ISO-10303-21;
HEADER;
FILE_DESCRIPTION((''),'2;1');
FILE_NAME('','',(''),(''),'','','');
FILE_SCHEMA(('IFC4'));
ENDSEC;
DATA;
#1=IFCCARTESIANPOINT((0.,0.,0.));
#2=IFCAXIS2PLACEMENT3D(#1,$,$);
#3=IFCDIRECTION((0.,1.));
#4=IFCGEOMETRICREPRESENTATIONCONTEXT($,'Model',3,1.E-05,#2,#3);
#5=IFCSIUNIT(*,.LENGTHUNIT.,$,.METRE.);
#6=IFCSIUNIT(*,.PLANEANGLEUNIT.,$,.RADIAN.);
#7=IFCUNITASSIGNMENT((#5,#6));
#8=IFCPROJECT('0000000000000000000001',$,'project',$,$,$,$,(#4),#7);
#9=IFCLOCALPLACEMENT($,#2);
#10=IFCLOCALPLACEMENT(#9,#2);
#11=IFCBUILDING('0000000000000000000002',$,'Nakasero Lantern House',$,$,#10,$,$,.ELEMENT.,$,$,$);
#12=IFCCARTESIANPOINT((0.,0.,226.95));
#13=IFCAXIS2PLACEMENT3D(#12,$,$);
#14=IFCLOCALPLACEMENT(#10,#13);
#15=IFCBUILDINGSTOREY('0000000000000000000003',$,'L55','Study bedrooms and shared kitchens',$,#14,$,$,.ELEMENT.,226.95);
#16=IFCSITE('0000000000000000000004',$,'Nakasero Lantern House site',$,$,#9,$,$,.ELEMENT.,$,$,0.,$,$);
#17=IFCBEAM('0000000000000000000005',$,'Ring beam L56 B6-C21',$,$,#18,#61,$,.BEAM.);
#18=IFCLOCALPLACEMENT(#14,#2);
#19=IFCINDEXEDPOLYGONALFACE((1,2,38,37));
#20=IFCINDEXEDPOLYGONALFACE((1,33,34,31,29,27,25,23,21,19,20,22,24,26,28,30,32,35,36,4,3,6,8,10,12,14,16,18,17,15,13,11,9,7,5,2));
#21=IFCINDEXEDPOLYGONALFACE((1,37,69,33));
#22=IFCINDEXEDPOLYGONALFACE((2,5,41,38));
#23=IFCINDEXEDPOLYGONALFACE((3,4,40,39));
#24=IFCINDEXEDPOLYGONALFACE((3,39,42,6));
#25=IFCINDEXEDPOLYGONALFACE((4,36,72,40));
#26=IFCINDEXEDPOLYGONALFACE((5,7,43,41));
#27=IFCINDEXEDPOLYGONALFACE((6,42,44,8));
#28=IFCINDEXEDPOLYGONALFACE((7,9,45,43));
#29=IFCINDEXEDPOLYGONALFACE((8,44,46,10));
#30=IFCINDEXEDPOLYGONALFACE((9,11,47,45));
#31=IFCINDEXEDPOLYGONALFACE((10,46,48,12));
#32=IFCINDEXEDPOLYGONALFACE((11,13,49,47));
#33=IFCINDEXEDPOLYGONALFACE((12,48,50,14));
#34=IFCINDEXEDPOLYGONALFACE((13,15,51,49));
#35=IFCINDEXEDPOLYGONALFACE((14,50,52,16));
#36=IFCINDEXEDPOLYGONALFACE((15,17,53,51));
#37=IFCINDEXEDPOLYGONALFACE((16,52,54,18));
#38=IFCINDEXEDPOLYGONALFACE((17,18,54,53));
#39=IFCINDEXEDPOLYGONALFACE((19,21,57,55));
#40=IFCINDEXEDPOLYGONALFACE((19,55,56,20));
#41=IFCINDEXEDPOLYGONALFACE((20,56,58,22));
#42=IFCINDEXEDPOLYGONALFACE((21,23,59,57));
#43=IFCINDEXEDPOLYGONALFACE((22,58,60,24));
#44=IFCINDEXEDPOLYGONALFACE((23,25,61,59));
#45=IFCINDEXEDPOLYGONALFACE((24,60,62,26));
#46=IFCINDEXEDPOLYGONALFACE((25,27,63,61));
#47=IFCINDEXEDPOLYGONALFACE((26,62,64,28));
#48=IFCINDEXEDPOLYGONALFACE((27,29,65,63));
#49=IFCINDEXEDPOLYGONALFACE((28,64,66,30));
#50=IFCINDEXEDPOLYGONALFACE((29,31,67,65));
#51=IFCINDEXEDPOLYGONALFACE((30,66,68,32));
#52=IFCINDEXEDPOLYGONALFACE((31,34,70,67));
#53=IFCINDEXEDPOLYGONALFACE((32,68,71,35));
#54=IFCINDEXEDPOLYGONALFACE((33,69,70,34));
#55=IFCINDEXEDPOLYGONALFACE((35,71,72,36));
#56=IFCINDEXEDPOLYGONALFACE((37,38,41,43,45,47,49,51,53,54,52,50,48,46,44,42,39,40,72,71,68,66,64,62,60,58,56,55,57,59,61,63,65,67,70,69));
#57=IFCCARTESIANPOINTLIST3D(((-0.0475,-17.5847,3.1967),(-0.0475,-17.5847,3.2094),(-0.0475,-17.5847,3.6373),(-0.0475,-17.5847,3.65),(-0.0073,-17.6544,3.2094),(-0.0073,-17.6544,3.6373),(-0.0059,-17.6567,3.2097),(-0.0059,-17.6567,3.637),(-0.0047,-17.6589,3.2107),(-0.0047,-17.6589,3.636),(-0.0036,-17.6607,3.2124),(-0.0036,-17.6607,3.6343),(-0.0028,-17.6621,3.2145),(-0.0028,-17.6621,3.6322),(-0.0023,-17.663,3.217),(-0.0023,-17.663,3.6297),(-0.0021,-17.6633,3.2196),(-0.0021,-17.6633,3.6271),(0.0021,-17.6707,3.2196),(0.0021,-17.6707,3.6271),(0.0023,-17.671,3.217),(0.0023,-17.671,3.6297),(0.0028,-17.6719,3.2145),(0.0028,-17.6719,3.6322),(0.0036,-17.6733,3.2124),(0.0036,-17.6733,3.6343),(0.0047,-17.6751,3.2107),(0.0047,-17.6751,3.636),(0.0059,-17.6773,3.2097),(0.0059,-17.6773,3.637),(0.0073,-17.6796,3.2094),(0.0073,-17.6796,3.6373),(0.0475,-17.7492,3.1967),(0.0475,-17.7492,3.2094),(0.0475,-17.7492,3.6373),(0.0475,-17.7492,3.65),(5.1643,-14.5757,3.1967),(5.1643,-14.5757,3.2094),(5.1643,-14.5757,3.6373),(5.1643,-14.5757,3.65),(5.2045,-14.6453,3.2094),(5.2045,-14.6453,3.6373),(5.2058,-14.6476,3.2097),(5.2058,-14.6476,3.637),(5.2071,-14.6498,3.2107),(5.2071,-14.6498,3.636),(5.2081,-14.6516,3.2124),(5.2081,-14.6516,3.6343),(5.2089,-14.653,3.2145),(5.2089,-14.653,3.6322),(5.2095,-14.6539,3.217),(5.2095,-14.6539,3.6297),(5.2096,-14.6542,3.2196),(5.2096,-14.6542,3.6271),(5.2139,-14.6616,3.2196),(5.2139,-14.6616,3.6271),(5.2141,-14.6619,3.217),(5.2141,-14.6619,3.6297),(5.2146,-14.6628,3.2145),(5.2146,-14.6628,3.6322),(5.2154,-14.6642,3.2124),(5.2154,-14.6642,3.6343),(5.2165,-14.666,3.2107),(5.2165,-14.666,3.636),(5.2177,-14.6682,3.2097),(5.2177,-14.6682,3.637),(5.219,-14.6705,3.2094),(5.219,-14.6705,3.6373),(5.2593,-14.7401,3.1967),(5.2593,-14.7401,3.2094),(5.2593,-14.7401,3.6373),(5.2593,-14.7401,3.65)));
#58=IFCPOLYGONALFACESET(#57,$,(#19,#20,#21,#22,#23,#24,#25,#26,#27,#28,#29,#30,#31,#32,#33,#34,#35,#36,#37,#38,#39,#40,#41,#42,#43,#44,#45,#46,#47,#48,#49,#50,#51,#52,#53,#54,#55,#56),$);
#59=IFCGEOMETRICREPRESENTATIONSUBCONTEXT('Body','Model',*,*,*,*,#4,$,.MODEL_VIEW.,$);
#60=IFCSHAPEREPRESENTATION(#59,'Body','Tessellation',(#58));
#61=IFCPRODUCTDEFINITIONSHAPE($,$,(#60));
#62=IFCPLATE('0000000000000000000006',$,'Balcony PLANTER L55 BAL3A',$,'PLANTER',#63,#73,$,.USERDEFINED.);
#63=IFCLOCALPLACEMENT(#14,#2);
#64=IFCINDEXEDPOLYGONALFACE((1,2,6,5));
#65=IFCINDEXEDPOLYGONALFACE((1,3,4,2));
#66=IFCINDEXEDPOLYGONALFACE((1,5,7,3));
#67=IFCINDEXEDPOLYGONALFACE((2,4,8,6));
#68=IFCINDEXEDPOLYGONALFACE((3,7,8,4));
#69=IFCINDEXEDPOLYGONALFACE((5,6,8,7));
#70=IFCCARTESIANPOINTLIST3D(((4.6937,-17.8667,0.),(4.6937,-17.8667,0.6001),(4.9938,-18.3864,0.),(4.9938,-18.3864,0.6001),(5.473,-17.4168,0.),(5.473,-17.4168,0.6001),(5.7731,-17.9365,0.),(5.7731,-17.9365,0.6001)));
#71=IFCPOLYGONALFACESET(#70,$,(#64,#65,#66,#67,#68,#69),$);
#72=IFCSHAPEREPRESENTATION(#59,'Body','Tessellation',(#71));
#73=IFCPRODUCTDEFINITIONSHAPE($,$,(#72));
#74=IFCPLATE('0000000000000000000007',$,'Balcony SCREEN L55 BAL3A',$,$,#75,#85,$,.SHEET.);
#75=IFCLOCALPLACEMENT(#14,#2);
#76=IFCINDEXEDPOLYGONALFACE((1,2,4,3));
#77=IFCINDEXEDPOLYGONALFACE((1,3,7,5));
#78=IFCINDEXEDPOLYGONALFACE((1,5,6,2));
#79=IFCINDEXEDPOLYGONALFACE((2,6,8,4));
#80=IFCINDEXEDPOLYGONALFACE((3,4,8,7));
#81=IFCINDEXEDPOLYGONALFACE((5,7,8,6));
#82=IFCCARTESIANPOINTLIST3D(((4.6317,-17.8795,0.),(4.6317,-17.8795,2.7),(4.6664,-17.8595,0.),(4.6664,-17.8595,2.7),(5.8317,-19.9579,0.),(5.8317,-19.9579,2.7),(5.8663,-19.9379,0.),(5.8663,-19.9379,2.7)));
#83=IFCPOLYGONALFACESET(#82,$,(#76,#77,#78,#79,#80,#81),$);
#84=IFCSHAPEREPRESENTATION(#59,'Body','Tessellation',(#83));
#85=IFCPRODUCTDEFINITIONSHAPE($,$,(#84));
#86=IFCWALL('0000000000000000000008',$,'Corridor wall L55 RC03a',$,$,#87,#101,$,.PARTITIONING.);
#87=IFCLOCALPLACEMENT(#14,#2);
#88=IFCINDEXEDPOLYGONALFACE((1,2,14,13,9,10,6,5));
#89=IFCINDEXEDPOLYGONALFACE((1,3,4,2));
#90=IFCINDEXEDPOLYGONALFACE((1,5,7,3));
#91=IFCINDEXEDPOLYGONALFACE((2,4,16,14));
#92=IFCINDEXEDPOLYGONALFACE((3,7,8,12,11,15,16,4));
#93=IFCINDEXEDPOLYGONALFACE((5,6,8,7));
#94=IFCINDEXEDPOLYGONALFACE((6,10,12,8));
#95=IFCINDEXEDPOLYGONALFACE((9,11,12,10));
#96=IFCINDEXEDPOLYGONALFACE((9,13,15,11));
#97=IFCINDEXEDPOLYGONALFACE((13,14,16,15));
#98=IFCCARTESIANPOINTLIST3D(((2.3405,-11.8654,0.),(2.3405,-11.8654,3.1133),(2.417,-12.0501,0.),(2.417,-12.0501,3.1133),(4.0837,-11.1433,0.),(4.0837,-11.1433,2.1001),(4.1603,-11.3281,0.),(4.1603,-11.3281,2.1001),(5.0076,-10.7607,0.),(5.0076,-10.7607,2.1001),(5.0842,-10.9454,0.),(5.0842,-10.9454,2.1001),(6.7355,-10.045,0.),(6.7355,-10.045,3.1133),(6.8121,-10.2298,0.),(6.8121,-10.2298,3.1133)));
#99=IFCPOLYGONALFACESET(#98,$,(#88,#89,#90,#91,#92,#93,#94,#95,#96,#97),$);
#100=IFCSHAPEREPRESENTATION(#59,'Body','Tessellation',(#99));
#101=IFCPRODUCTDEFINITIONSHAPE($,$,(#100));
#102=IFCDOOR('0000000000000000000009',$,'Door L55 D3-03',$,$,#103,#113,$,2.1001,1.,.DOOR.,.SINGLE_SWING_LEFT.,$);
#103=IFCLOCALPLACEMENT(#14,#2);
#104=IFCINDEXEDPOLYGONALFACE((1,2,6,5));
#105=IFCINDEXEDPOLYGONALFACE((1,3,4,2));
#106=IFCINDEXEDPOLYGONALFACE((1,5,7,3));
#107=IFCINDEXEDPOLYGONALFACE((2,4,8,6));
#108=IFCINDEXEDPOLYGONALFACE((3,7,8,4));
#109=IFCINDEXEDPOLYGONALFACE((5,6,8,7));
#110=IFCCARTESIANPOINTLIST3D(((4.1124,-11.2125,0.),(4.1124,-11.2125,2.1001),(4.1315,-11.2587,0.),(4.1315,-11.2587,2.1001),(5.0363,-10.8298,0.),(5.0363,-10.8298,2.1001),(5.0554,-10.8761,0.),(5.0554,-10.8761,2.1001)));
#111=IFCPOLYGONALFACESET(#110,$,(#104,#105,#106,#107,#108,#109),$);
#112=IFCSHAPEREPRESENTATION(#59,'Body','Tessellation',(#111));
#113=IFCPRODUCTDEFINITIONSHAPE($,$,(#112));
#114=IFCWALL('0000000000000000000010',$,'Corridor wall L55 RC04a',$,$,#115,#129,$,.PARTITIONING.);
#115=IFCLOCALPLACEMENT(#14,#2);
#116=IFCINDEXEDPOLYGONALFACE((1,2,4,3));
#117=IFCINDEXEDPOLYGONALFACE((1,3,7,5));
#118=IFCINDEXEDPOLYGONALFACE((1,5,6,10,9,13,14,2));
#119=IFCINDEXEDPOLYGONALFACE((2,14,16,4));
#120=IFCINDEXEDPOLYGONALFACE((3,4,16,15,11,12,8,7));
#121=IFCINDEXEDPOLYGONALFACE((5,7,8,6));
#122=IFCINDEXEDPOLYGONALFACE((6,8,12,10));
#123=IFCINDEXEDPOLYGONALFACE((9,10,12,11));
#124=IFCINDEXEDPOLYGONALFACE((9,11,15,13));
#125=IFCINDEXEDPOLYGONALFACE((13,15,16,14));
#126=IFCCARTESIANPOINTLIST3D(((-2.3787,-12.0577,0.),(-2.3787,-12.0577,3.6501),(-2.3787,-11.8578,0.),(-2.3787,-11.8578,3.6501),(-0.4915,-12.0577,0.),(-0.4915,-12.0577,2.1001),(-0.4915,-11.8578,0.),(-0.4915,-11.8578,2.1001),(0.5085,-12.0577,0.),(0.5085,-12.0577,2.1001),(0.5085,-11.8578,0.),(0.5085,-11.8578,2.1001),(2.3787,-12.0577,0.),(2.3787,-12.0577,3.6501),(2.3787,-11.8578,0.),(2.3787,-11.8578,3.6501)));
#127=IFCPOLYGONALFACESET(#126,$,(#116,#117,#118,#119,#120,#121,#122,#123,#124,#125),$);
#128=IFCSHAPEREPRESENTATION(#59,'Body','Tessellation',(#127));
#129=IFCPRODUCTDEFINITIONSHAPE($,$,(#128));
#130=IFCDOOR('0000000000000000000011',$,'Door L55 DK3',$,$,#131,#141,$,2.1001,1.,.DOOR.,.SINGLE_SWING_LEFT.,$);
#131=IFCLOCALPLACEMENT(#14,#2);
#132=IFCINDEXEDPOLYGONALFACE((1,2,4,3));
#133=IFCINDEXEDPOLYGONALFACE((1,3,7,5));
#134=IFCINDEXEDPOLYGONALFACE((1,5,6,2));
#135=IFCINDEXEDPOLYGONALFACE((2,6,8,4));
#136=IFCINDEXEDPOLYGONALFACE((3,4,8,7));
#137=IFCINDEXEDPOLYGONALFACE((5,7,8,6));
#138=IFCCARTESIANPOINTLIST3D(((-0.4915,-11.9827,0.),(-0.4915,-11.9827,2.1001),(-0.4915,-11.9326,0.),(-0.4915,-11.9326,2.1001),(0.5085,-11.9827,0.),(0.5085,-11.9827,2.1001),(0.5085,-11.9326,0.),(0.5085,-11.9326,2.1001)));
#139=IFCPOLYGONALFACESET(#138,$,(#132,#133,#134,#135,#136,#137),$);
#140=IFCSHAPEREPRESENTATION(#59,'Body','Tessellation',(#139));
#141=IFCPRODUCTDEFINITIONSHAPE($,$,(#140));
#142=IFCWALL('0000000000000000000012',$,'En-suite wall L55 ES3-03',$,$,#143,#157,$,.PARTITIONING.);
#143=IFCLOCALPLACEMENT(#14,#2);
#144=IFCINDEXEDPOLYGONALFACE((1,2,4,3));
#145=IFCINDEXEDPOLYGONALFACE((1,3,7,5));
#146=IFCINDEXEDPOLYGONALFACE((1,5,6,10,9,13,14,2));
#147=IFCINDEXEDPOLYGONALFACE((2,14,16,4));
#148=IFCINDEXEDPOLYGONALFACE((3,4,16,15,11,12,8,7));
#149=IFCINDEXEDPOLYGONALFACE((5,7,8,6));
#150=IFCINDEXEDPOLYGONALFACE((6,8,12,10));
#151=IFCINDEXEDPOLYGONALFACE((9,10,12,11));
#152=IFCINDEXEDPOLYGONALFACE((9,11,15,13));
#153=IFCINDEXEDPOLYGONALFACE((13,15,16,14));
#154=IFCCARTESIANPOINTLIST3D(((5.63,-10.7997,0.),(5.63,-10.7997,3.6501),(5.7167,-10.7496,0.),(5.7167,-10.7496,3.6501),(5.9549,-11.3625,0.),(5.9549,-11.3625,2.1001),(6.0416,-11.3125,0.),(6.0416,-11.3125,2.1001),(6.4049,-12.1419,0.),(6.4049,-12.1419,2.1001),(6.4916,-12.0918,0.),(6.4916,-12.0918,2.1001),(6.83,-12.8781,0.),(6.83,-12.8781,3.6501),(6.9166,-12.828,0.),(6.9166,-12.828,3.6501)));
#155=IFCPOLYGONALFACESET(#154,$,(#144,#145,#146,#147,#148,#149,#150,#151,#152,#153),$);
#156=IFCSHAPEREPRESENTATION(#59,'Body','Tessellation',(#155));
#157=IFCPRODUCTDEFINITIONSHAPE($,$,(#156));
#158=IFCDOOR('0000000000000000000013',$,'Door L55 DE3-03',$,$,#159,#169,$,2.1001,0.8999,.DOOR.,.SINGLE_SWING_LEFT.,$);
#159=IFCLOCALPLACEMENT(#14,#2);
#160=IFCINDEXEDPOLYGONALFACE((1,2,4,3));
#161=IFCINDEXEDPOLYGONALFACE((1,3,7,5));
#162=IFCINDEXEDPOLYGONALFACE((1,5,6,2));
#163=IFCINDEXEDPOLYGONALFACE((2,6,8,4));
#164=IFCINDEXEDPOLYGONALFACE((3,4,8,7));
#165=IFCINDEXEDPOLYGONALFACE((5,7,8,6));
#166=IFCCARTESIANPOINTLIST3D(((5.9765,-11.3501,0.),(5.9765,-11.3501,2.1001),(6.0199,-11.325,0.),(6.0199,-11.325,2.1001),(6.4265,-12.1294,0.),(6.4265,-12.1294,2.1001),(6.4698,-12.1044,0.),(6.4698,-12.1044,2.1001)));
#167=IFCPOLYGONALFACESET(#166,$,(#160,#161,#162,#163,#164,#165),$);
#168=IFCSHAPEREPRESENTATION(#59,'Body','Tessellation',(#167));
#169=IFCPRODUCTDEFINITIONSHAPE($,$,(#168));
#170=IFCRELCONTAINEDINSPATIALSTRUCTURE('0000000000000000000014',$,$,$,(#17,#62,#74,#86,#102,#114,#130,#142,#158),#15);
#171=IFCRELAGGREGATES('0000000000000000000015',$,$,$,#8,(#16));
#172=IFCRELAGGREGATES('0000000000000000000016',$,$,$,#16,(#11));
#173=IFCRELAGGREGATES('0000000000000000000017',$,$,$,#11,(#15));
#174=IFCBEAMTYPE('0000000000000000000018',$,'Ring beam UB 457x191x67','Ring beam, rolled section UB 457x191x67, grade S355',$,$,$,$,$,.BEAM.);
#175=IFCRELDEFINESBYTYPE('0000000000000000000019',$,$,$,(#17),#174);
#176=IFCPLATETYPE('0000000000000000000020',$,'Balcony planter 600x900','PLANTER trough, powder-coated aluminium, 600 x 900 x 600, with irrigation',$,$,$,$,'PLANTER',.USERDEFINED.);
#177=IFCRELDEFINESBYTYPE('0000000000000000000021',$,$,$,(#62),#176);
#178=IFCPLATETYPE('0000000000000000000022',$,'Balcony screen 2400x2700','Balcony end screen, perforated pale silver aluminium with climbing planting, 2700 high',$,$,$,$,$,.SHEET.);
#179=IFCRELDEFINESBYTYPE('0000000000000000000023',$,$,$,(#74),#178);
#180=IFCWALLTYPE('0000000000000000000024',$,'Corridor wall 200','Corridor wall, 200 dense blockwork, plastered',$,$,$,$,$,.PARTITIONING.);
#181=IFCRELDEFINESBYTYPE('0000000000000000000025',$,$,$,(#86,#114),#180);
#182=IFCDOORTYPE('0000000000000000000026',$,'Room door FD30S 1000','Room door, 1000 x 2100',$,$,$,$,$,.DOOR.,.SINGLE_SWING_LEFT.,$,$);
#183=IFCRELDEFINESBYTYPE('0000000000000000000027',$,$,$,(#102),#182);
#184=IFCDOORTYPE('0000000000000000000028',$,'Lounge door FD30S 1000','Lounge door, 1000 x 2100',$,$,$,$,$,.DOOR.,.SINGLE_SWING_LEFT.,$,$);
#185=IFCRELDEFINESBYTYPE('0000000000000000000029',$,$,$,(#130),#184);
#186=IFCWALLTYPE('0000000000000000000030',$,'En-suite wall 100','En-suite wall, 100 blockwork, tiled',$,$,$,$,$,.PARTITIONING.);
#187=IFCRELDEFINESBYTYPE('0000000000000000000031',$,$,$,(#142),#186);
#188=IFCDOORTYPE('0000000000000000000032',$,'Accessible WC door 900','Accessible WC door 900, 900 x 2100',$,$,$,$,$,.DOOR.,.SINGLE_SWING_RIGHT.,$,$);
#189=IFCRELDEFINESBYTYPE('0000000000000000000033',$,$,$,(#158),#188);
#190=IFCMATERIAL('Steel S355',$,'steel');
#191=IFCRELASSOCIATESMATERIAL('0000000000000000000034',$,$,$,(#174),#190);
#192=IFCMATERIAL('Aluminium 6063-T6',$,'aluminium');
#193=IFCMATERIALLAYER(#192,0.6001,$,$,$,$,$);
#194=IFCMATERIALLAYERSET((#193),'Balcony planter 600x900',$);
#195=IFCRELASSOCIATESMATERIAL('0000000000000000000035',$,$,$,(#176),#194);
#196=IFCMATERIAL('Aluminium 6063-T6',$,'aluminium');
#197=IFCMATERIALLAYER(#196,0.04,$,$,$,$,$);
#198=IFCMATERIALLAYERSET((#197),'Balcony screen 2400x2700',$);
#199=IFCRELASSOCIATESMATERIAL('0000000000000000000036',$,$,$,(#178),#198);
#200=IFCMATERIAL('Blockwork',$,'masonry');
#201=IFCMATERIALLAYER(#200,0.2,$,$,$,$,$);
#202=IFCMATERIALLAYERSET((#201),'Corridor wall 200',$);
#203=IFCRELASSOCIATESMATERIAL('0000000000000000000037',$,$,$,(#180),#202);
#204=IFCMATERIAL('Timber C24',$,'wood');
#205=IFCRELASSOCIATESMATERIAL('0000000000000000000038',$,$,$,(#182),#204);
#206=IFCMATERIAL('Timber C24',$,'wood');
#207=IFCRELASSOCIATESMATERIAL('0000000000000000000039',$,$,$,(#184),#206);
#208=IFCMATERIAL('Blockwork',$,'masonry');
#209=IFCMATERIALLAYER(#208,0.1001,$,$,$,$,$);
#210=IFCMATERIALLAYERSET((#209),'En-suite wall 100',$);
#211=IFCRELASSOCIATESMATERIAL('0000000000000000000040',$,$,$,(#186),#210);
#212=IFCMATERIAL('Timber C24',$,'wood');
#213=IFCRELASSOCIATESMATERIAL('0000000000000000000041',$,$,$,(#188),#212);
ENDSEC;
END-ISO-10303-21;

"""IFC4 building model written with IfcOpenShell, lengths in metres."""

from ifc_helpers import new_model, si_unit, direction, frame, frame_2d, origin, origin_2d, place, context, subcontext, project, spatial, rectangle, i_section, extrude, material, layer, layer_set, material_profile, profile_set, type_object, element, fill, save


model = new_model("IFC4")

# Units and contexts
model_context = context("Model", 3, precision=1e-05, world=origin(), true_north=direction((0.0, 1.0)))
body_context = subcontext(model_context, "Body", "Model", "MODEL_VIEW")
ifc_project = project(units=[si_unit("LENGTHUNIT", "METRE"), si_unit("PLANEANGLEUNIT", "RADIAN")], contexts=[model_context])

# Site, building, storey
site_placement = place(None, origin())
site = spatial("IfcSite", under=ifc_project, at=site_placement, Name="Nakasero Lantern House site", CompositionType="ELEMENT", RefElevation=0.0)
building_placement = place(site_placement, origin())
building = spatial("IfcBuilding", under=site, at=building_placement, Name="Nakasero Lantern House", CompositionType="ELEMENT")
storey_placement = place(building_placement, frame((0.0, 0.0, 226.95)))
storey = spatial("IfcBuildingStorey", under=building, at=storey_placement, Name="L55", Description="Study bedrooms and shared kitchens", CompositionType="ELEMENT", Elevation=226.95)

# Beam
ifc_material_1 = material(Name="Steel S355", Category="steel")
ifc_material_profile_1 = material_profile(ifc_material_1, i_section(OverallWidth=0.1899, OverallDepth=0.4534, WebThickness=0.0085, FlangeThickness=0.0127, FilletRadius=0.0103, at=origin_2d()), Name="UB 457x191x67")
ifc_profile_set_1 = profile_set([ifc_material_profile_1], Name="Steel S355")
beam_type_1 = type_object("IfcBeamType", Name="Ring beam UB 457x191x67", Description="Ring beam, rolled section UB 457x191x67, grade S355", PredefinedType="BEAM", material=ifc_profile_set_1)
beam_1_placement = place(storey_placement, frame((0.0, -17.667, 3.4233), z_axis=(0.86602, 0.500009, 0.0), x_axis=(-0.500009, 0.86602, 0.0)))
element("IfcBeam", 1, at=beam_1_placement, inside=storey, type_object=beam_type_1, Name="Ring beam L56 B6-C21", PredefinedType="BEAM", context=body_context, shape_type="SweptSolid", body=[
    extrude(i_section(OverallWidth=0.1899, OverallDepth=0.4534, WebThickness=0.0085, FlangeThickness=0.0127, FilletRadius=0.0103, at=origin_2d()), origin(), (0.0, 0.0, 1.0), 6.0181),
])

# Plates
ifc_material_2 = material(Name="Aluminium 6063-T6", Category="aluminium")
ifc_layer_1 = layer(ifc_material_2, 0.6001)
ifc_layer_set_1 = layer_set([ifc_layer_1], Name="Balcony planter 600x900")
plate_type_1 = type_object("IfcPlateType", Name="Balcony planter 600x900", Description="PLANTER trough, powder-coated aluminium, 600 x 900 x 600, with irrigation", ElementType="PLANTER", PredefinedType="USERDEFINED", material=ifc_layer_set_1)
plate_1_placement = place(storey_placement, frame((5.2334, -17.9016, 0.0), z_axis=(0.0, 0.0, 1.0), x_axis=(0.5, -0.866025, 0.0)))
element("IfcPlate", 2, at=plate_1_placement, inside=storey, type_object=plate_type_1, Name="Balcony PLANTER L55 BAL3A", ObjectType="PLANTER", PredefinedType="USERDEFINED", context=body_context, shape_type="SweptSolid", body=[
    extrude(rectangle(XDim=0.6001, YDim=0.8999, at=origin_2d()), origin(), (0.0, 0.0, 1.0), 0.6001),
])
ifc_material_3 = material(Name="Aluminium 6063-T6", Category="aluminium")
ifc_layer_2 = layer(ifc_material_3, 0.04)
ifc_layer_set_2 = layer_set([ifc_layer_2], Name="Balcony screen 2400x2700")
plate_type_2 = type_object("IfcPlateType", Name="Balcony screen 2400x2700", Description="Balcony end screen, perforated pale silver aluminium with climbing planting, 2700 high", PredefinedType="SHEET", material=ifc_layer_set_2)
plate_2_placement = place(storey_placement, frame((5.249, -18.9087, 0.0), z_axis=(0.0, 0.0, 1.0), x_axis=(0.5, -0.866025, 0.0)))
element("IfcPlate", 3, at=plate_2_placement, inside=storey, type_object=plate_type_2, Name="Balcony SCREEN L55 BAL3A", PredefinedType="SHEET", context=body_context, shape_type="SweptSolid", body=[
    extrude(rectangle(XDim=2.3999, YDim=0.04, at=origin_2d()), origin(), (0.0, 0.0, 1.0), 2.7),
])

# Walls, openings, doors
ifc_material_4 = material(Name="Blockwork", Category="masonry")
ifc_layer_3 = layer(ifc_material_4, 0.2)
ifc_layer_set_3 = layer_set([ifc_layer_3], Name="Corridor wall 200")
wall_type_1 = type_object("IfcWallType", Name="Corridor wall 200", Description="Corridor wall, 200 dense blockwork, plastered", PredefinedType="PARTITIONING", material=ifc_layer_set_3)
wall_1_placement = place(storey_placement, frame((6.7737, -10.1375, 0.0), z_axis=(0.0, 0.0, 1.0), x_axis=(-0.923892, -0.382654, 0.0)))
wall_1 = element("IfcWall", 4, at=wall_1_placement, inside=storey, type_object=wall_type_1, Name="Corridor wall L55 RC03a", PredefinedType="PARTITIONING", context=body_context, shape_type="SweptSolid", body=[
    extrude(rectangle(XDim=4.7571, YDim=0.2, at=frame_2d((2.3784, 0.0))), origin(), (0.0, 0.0, 1.0), 3.1133),
])
opening_1_placement = place(wall_1_placement, frame((1.8701, 0.0, 0.0)))
opening_1 = element("IfcOpeningElement", 5, at=opening_1_placement, cuts=wall_1, PredefinedType="OPENING", context=body_context, shape_type="SweptSolid", body=[
    extrude(rectangle(XDim=1.0, YDim=2.1001, at=frame_2d((0.5, 1.05))), frame((0.0, 0.1199, 0.0), z_axis=(0.0, -1.0, 0.0), x_axis=(1.0, 0.0, 0.0)), (0.0, 0.0, 1.0), 0.24),
])
ifc_material_5 = material(Name="Timber C24", Category="wood")
door_type_1 = type_object("IfcDoorType", Name="Room door FD30S 1000", Description="Room door, 1000 x 2100", OperationType="SINGLE_SWING_LEFT", PredefinedType="DOOR", material=ifc_material_5)
door_1_placement = place(opening_1_placement, origin())
door_1 = element("IfcDoor", 6, at=door_1_placement, inside=storey, type_object=door_type_1, Name="Door L55 D3-03", OperationType="SINGLE_SWING_LEFT", OverallHeight=2.1001, OverallWidth=1.0, PredefinedType="DOOR", context=body_context, shape_type="SweptSolid", body=[
    extrude(rectangle(XDim=1.0, YDim=2.1001, at=frame_2d((0.5, 1.05))), frame((0.0, 0.0249, 0.0), z_axis=(0.0, -1.0, 0.0), x_axis=(1.0, 0.0, 0.0)), (0.0, 0.0, 1.0), 0.05),
])
fill(opening_1, door_1)
wall_2_placement = place(storey_placement, frame((2.3787, -11.9578, 0.0), z_axis=(0.0, 0.0, 1.0), x_axis=(-1.0, 0.0, 0.0)))
wall_2 = element("IfcWall", 7, at=wall_2_placement, inside=storey, type_object=wall_type_1, Name="Corridor wall L55 RC04a", PredefinedType="PARTITIONING", context=body_context, shape_type="SweptSolid", body=[
    extrude(rectangle(XDim=4.7573, YDim=0.2, at=frame_2d((2.3787, 0.0))), origin(), (0.0, 0.0, 1.0), 3.6501),
])
opening_2_placement = place(wall_2_placement, frame((1.8701, 0.0, 0.0)))
opening_2 = element("IfcOpeningElement", 8, at=opening_2_placement, cuts=wall_2, PredefinedType="OPENING", context=body_context, shape_type="SweptSolid", body=[
    extrude(rectangle(XDim=1.0, YDim=2.1001, at=frame_2d((0.5, 1.05))), frame((0.0, 0.1199, 0.0), z_axis=(0.0, -1.0, 0.0), x_axis=(1.0, 0.0, 0.0)), (0.0, 0.0, 1.0), 0.24),
])
ifc_material_6 = material(Name="Timber C24", Category="wood")
door_type_2 = type_object("IfcDoorType", Name="Lounge door FD30S 1000", Description="Lounge door, 1000 x 2100", OperationType="SINGLE_SWING_LEFT", PredefinedType="DOOR", material=ifc_material_6)
door_2_placement = place(opening_2_placement, origin())
door_2 = element("IfcDoor", 9, at=door_2_placement, inside=storey, type_object=door_type_2, Name="Door L55 DK3", OperationType="SINGLE_SWING_LEFT", OverallHeight=2.1001, OverallWidth=1.0, PredefinedType="DOOR", context=body_context, shape_type="SweptSolid", body=[
    extrude(rectangle(XDim=1.0, YDim=2.1001, at=frame_2d((0.5, 1.05))), frame((0.0, 0.0249, 0.0), z_axis=(0.0, -1.0, 0.0), x_axis=(1.0, 0.0, 0.0)), (0.0, 0.0, 1.0), 0.05),
])
fill(opening_2, door_2)
ifc_material_7 = material(Name="Blockwork", Category="masonry")
ifc_layer_4 = layer(ifc_material_7, 0.1001)
ifc_layer_set_4 = layer_set([ifc_layer_4], Name="En-suite wall 100")
wall_type_2 = type_object("IfcWallType", Name="En-suite wall 100", Description="En-suite wall, 100 blockwork, tiled", PredefinedType="PARTITIONING", material=ifc_layer_set_4)
wall_3_placement = place(storey_placement, frame((5.6733, -10.7747, 0.0), z_axis=(0.0, 0.0, 1.0), x_axis=(0.500001, -0.866025, 0.0)))
wall_3 = element("IfcWall", 10, at=wall_3_placement, inside=storey, type_object=wall_type_2, Name="En-suite wall L55 ES3-03", PredefinedType="PARTITIONING", context=body_context, shape_type="SweptSolid", body=[
    extrude(rectangle(XDim=2.3999, YDim=0.1001, at=frame_2d((1.2, 0.0))), origin(), (0.0, 0.0, 1.0), 3.6501),
])
opening_3_placement = place(wall_3_placement, frame((0.6499, 0.0, 0.0)))
opening_3 = element("IfcOpeningElement", 11, at=opening_3_placement, cuts=wall_3, PredefinedType="OPENING", context=body_context, shape_type="SweptSolid", body=[
    extrude(rectangle(XDim=0.8999, YDim=2.1001, at=frame_2d((0.45, 1.05))), frame((0.0, 0.0701, 0.0), z_axis=(0.0, -1.0, 0.0), x_axis=(1.0, 0.0, 0.0)), (0.0, 0.0, 1.0), 0.1401),
])
ifc_material_8 = material(Name="Timber C24", Category="wood")
door_type_3 = type_object("IfcDoorType", Name="Accessible WC door 900", Description="Accessible WC door 900, 900 x 2100", OperationType="SINGLE_SWING_RIGHT", PredefinedType="DOOR", material=ifc_material_8)
door_3_placement = place(opening_3_placement, origin())
door_3 = element("IfcDoor", 12, at=door_3_placement, inside=storey, type_object=door_type_3, Name="Door L55 DE3-03", OperationType="SINGLE_SWING_LEFT", OverallHeight=2.1001, OverallWidth=0.8999, PredefinedType="DOOR", context=body_context, shape_type="SweptSolid", body=[
    extrude(rectangle(XDim=0.8999, YDim=2.1001, at=frame_2d((0.45, 1.05))), frame((0.0, 0.0249, 0.0), z_axis=(0.0, -1.0, 0.0), x_axis=(1.0, 0.0, 0.0)), (0.0, 0.0, 1.0), 0.05),
])
fill(opening_3, door_3)

save(model, "model.ifc")
